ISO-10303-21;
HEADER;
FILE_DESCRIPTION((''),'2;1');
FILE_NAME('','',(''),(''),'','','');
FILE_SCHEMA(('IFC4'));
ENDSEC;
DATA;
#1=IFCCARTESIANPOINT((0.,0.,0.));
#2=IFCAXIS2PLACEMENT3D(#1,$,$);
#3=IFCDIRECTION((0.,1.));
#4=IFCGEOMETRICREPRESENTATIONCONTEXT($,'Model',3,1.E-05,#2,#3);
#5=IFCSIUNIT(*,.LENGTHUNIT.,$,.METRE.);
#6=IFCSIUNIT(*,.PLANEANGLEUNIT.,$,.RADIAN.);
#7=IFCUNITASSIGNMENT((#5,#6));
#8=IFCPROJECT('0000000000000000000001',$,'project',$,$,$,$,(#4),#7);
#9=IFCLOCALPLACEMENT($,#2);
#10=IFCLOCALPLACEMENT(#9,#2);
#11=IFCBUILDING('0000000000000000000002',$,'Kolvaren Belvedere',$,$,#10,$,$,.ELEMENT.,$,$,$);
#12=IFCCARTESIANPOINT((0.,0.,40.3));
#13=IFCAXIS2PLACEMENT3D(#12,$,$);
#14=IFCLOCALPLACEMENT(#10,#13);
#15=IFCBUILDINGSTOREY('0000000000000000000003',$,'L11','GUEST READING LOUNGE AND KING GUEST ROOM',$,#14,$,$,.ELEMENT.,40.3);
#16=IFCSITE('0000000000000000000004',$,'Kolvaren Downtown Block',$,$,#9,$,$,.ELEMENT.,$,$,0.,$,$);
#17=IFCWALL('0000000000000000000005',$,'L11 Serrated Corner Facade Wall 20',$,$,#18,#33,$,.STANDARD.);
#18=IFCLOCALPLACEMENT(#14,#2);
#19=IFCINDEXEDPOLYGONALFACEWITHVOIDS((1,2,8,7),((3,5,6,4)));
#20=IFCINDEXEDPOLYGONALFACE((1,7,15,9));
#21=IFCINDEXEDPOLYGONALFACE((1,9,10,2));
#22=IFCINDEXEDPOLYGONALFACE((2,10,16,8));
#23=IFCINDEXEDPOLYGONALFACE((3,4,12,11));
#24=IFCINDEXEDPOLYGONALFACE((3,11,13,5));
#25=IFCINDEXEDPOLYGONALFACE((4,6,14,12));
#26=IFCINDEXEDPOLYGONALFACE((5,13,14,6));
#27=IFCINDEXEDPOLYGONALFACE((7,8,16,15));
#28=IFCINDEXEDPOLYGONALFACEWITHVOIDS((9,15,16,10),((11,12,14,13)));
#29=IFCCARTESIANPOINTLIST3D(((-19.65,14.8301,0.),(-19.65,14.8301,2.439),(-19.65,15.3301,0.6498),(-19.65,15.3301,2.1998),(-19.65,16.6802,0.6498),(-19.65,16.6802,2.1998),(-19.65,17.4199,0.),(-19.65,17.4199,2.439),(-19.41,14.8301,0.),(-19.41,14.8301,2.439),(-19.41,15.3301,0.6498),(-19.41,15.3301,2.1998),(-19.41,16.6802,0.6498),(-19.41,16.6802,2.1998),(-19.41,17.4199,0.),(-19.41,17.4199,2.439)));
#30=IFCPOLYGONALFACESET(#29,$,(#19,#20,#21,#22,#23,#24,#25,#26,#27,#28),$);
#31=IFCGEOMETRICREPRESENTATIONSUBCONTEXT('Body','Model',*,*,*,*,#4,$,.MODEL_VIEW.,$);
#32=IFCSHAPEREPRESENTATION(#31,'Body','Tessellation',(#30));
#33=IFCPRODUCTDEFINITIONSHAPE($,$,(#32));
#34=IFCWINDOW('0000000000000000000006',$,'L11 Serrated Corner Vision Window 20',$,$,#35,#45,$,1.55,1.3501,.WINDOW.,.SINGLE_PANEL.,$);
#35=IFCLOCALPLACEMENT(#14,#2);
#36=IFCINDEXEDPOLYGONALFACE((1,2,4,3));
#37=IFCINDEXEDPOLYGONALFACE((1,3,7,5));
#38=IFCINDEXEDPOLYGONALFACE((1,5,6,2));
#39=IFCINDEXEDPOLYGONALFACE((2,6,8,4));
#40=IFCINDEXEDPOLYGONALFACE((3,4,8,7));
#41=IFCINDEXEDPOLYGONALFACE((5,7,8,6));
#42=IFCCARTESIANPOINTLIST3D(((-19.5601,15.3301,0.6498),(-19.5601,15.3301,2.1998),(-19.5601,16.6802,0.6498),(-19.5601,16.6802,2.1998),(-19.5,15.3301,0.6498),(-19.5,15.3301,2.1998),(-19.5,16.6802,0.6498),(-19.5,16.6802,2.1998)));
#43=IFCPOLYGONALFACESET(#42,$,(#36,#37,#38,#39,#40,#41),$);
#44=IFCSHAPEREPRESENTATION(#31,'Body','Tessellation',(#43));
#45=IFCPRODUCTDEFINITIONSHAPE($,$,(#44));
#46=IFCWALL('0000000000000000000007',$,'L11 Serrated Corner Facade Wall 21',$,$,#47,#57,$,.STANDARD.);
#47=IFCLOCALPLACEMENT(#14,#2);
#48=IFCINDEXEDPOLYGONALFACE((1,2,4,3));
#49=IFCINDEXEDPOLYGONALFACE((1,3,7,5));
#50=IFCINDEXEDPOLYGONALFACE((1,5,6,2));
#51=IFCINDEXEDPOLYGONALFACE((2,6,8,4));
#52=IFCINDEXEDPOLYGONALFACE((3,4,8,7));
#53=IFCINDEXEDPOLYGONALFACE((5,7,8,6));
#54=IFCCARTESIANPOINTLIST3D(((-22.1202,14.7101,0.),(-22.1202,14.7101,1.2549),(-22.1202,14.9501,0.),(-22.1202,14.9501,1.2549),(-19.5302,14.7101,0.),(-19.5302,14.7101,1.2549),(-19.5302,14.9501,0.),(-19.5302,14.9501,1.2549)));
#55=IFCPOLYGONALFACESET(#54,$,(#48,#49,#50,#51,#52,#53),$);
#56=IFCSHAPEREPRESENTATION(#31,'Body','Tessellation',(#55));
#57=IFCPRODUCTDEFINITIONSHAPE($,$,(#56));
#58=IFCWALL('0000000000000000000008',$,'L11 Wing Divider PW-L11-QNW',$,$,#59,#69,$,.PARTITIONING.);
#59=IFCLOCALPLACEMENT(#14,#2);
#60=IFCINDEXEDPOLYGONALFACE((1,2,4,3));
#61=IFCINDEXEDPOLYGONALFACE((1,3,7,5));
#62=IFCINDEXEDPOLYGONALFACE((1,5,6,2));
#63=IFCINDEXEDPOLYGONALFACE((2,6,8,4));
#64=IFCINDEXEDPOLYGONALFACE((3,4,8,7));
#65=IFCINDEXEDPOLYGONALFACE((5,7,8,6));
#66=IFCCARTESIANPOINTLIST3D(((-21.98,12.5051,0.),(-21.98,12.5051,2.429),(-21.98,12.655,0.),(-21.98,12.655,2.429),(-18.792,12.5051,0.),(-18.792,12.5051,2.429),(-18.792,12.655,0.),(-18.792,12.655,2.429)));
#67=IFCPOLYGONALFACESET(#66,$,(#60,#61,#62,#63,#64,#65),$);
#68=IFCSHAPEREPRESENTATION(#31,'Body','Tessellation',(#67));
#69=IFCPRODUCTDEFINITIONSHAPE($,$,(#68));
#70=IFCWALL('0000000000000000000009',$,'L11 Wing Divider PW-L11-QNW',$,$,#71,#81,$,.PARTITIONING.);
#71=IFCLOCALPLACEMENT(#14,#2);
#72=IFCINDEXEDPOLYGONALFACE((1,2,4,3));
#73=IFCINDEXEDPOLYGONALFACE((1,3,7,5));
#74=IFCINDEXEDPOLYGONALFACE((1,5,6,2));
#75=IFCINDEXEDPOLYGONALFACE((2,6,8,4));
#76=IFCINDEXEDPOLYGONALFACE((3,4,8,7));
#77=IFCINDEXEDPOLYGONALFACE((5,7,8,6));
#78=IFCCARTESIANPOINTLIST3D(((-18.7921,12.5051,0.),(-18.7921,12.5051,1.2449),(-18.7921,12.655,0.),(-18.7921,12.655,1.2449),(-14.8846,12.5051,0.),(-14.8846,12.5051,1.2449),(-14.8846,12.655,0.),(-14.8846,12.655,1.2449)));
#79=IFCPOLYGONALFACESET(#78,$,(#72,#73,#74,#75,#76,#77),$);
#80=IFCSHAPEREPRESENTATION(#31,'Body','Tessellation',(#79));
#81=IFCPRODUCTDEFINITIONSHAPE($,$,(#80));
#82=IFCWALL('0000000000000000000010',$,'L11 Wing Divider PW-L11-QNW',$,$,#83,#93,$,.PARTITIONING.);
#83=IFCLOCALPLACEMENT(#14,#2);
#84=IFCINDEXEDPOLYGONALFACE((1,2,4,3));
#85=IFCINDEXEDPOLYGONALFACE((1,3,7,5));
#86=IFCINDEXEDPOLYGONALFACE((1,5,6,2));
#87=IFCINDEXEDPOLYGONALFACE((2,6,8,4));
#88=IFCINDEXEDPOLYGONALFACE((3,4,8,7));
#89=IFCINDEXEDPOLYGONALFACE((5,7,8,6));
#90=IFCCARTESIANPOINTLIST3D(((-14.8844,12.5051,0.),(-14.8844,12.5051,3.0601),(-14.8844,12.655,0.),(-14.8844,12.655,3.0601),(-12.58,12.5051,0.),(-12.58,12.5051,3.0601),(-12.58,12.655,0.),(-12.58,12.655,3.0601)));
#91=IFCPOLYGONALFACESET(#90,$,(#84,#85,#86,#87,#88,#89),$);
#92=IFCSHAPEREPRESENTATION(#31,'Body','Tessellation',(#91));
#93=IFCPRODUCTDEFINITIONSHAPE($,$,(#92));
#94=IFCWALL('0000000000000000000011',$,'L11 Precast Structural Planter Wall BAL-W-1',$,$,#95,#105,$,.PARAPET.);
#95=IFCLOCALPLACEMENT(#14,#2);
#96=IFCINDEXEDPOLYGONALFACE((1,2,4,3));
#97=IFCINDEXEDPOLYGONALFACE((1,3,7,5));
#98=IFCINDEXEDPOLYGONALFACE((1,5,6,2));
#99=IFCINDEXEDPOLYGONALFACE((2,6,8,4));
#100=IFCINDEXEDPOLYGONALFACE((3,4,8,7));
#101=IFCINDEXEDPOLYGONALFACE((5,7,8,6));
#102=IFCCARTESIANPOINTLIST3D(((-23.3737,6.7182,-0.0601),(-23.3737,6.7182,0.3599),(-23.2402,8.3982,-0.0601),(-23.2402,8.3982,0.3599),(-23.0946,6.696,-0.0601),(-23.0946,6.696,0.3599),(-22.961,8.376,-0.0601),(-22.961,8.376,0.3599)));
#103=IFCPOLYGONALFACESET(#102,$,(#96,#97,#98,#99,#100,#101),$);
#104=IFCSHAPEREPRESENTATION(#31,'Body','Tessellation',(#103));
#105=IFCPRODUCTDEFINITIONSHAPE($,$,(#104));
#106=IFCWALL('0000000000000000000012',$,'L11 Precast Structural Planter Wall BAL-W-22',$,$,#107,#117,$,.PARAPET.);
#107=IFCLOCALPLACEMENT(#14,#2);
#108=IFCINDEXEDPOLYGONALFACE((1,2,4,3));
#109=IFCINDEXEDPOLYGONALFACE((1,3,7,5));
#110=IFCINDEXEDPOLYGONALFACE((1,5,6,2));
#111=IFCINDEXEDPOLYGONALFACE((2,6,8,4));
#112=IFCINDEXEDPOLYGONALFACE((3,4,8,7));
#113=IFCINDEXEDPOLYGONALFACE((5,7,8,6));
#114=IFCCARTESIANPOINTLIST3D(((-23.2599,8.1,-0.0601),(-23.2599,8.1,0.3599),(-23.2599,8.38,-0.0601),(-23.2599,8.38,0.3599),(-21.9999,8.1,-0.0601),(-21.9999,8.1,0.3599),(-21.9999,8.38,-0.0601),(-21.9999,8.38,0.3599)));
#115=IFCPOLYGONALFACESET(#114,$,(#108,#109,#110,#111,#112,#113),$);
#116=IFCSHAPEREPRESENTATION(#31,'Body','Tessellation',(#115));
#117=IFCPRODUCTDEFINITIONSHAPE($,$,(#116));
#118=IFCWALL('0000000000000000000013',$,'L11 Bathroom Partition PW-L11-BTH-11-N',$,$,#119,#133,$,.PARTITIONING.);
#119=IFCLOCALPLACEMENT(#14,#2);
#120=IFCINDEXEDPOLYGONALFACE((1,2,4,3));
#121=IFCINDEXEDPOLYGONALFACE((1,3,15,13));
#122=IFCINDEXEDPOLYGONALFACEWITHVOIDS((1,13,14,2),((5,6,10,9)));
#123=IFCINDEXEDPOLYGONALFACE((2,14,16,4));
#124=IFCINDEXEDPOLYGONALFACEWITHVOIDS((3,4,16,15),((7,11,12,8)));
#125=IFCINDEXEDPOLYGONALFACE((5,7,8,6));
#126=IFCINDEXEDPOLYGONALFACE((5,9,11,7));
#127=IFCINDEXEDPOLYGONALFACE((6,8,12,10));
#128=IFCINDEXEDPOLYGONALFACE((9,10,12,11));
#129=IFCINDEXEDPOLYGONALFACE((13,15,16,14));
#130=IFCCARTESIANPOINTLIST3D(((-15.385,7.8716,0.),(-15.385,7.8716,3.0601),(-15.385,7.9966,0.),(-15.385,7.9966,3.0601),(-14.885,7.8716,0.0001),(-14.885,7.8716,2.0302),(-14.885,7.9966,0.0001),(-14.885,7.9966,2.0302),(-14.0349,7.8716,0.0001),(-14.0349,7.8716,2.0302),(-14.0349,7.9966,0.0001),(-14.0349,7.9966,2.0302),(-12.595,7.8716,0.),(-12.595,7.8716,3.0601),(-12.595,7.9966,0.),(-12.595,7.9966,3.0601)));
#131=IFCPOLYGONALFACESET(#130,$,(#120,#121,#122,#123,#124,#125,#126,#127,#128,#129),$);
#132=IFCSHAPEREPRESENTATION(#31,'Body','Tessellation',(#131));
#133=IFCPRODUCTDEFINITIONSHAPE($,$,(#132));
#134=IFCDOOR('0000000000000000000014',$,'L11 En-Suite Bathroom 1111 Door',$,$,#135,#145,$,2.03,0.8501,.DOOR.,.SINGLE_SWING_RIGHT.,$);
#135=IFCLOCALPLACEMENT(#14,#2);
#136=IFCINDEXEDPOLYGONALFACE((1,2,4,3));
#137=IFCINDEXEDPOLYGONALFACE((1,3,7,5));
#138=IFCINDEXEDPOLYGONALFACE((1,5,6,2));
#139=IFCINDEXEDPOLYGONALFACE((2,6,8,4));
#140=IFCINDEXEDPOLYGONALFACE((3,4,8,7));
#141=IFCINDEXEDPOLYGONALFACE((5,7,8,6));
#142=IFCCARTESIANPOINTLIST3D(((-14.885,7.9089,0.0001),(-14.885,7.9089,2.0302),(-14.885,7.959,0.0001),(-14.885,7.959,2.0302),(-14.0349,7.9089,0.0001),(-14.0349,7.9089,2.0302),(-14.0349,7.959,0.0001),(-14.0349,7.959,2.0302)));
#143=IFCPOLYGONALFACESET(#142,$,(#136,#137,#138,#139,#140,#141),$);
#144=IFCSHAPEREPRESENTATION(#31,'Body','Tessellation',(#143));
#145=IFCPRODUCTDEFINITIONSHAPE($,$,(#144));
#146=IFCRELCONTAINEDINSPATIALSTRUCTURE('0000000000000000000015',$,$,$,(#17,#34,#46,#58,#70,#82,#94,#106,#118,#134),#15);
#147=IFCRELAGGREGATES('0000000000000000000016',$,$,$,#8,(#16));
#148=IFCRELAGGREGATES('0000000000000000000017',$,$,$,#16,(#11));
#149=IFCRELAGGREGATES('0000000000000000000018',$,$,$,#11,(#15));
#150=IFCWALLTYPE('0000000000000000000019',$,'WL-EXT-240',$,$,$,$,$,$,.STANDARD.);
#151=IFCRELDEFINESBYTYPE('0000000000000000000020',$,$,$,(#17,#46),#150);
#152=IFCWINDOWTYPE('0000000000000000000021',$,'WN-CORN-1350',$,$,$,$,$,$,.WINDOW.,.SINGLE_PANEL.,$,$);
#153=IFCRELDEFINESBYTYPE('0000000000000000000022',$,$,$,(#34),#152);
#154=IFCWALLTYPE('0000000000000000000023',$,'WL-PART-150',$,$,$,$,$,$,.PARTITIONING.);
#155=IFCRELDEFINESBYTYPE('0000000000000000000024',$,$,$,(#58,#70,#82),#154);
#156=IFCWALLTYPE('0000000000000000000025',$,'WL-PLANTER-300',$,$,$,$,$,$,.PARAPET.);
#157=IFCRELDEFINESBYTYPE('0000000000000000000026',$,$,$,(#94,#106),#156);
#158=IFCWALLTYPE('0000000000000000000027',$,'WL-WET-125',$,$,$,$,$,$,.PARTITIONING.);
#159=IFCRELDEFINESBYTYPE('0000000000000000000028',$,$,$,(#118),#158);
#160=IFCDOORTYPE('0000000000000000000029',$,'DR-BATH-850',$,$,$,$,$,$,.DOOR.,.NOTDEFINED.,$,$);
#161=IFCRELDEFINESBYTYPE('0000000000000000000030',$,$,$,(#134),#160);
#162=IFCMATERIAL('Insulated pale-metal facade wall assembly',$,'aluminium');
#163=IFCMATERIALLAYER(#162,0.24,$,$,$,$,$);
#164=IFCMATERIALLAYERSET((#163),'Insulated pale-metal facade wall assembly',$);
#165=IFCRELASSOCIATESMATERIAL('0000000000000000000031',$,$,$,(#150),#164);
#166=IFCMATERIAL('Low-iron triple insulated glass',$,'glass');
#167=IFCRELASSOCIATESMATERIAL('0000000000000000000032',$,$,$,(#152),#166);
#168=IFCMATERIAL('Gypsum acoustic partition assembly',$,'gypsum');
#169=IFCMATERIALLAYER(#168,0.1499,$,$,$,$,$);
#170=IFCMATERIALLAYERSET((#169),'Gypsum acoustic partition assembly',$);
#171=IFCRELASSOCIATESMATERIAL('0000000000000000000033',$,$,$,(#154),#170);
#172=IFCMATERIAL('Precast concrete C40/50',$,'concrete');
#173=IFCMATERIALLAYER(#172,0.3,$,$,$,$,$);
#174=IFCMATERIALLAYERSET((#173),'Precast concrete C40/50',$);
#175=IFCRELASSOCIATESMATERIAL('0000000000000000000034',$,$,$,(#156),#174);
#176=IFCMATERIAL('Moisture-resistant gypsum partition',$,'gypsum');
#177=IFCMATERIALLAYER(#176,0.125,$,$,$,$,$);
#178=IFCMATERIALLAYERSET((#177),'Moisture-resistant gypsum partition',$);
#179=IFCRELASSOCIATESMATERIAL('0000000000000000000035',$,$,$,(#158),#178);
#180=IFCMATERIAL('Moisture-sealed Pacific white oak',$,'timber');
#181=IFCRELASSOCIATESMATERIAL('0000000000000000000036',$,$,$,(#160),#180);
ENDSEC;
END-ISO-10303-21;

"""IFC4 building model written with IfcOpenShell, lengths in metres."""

from ifc_helpers import new_model, si_unit, direction, frame, frame_2d, origin, place, context, subcontext, project, spatial, rectangle, extrude, material, layer, layer_set, type_object, element, fill, save


model = new_model("IFC4")

# Units and contexts
model_context = context("Model", 3, precision=1e-05, world=origin(), true_north=direction((0.0, 1.0)))
body_context = subcontext(model_context, "Body", "Model", "MODEL_VIEW")
ifc_project = project(units=[si_unit("LENGTHUNIT", "METRE"), si_unit("PLANEANGLEUNIT", "RADIAN")], contexts=[model_context])

# Site, building, storey
site_placement = place(None, origin())
site = spatial("IfcSite", under=ifc_project, at=site_placement, Name="Kolvaren Downtown Block", CompositionType="ELEMENT", RefElevation=0.0)
building_placement = place(site_placement, origin())
building = spatial("IfcBuilding", under=site, at=building_placement, Name="Kolvaren Belvedere", CompositionType="ELEMENT")
storey_placement = place(building_placement, frame((0.0, 0.0, 40.3)))
storey = spatial("IfcBuildingStorey", under=building, at=storey_placement, Name="L11", Description="GUEST READING LOUNGE AND KING GUEST ROOM", CompositionType="ELEMENT", Elevation=40.3)

# Shared definitions
ifc_material_1 = material(Name="Insulated pale-metal facade wall assembly", Category="aluminium")
ifc_layer_1 = layer(ifc_material_1, 0.24)
ifc_layer_set_1 = layer_set([ifc_layer_1], Name="Insulated pale-metal facade wall assembly")
wall_type_1 = type_object("IfcWallType", Name="WL-EXT-240", PredefinedType="STANDARD", material=ifc_layer_set_1)

# Wall, opening, window
ifc_material_2 = material(Name="Low-iron triple insulated glass", Category="glass")
window_type = type_object("IfcWindowType", Name="WN-CORN-1350", PartitioningType="SINGLE_PANEL", PredefinedType="WINDOW", material=ifc_material_2)
wall_1_placement = place(storey_placement, frame((-19.53, 14.8301, 0.0), z_axis=(0.0, 0.0, 1.0), x_axis=(0.0, 1.0, 0.0)))
wall_1 = element("IfcWall", 1, at=wall_1_placement, inside=storey, type_object=wall_type_1, Name="L11 Serrated Corner Facade Wall 20", PredefinedType="STANDARD", context=body_context, shape_type="SweptSolid", body=[
    extrude(rectangle(XDim=2.5898, YDim=0.24, at=frame_2d((1.2949, 0.0))), origin(), (0.0, 0.0, 1.0), 2.439),
])
opening_1_placement = place(wall_1_placement, frame((0.5, 0.0, 0.6499)))
opening_1 = element("IfcOpeningElement", 2, at=opening_1_placement, cuts=wall_1, PredefinedType="OPENING", context=body_context, shape_type="SweptSolid", body=[
    extrude(rectangle(XDim=1.3501, YDim=1.55, at=frame_2d((0.675, 0.7749))), frame((0.0, 0.1299, 0.0), z_axis=(0.0, -1.0, 0.0), x_axis=(1.0, 0.0, 0.0)), (0.0, 0.0, 1.0), 0.26),
])
window_1_placement = place(opening_1_placement, origin())
window_1 = element("IfcWindow", 3, at=window_1_placement, inside=storey, type_object=window_type, Name="L11 Serrated Corner Vision Window 20", OverallHeight=1.55, OverallWidth=1.3501, PartitioningType="SINGLE_PANEL", PredefinedType="WINDOW", context=body_context, shape_type="SweptSolid", body=[
    extrude(rectangle(XDim=1.3501, YDim=1.55, at=frame_2d((0.675, 0.7749))), frame((0.0, 0.03, 0.0), z_axis=(0.0, -1.0, 0.0), x_axis=(1.0, 0.0, 0.0)), (0.0, 0.0, 1.0), 0.0601),
])
fill(opening_1, window_1)

# Walls
wall_2_placement = place(storey_placement, frame((-22.1201, 14.8301, 0.0), z_axis=(0.0, 0.0, 1.0), x_axis=(1.0, 0.0, 0.0)))
element("IfcWall", 4, at=wall_2_placement, inside=storey, type_object=wall_type_1, Name="L11 Serrated Corner Facade Wall 21", PredefinedType="STANDARD", context=body_context, shape_type="SweptSolid", body=[
    extrude(rectangle(XDim=2.5901, YDim=0.24, at=frame_2d((1.2949, 0.0))), origin(), (0.0, 0.0, 1.0), 1.2549),
])
ifc_material_3 = material(Name="Gypsum acoustic partition assembly", Category="gypsum")
ifc_layer_2 = layer(ifc_material_3, 0.1499)
ifc_layer_set_2 = layer_set([ifc_layer_2], Name="Gypsum acoustic partition assembly")
wall_type_2 = type_object("IfcWallType", Name="WL-PART-150", PredefinedType="PARTITIONING", material=ifc_layer_set_2)
wall_3_placement = place(storey_placement, frame((-21.98, 12.5801, 0.0), z_axis=(0.0, 0.0, 1.0), x_axis=(1.0, 0.0, 0.0)))
element("IfcWall", 5, at=wall_3_placement, inside=storey, type_object=wall_type_2, Name="L11 Wing Divider PW-L11-QNW", PredefinedType="PARTITIONING", context=body_context, shape_type="SweptSolid", body=[
    extrude(rectangle(XDim=3.188, YDim=0.1499, at=frame_2d((1.594, 0.0))), origin(), (0.0, 0.0, 1.0), 2.429),
])
wall_4_placement = place(storey_placement, frame((-18.792, 12.5801, 0.0), z_axis=(0.0, 0.0, 1.0), x_axis=(1.0, 0.0, 0.0)))
element("IfcWall", 6, at=wall_4_placement, inside=storey, type_object=wall_type_2, Name="L11 Wing Divider PW-L11-QNW", PredefinedType="PARTITIONING", context=body_context, shape_type="SweptSolid", body=[
    extrude(rectangle(XDim=3.9075, YDim=0.1499, at=frame_2d((1.9536, 0.0))), origin(), (0.0, 0.0, 1.0), 1.2449),
])
wall_5_placement = place(storey_placement, frame((-14.8845, 12.5801, 0.0), z_axis=(0.0, 0.0, 1.0), x_axis=(1.0, 0.0, 0.0)))
element("IfcWall", 7, at=wall_5_placement, inside=storey, type_object=wall_type_2, Name="L11 Wing Divider PW-L11-QNW", PredefinedType="PARTITIONING", context=body_context, shape_type="SweptSolid", body=[
    extrude(rectangle(XDim=2.3044, YDim=0.1499, at=frame_2d((1.1523, 0.0))), origin(), (0.0, 0.0, 1.0), 3.0601),
])
ifc_material_4 = material(Name="Precast concrete C40/50", Category="concrete")
ifc_layer_3 = layer(ifc_material_4, 0.3)
ifc_layer_set_3 = layer_set([ifc_layer_3], Name="Precast concrete C40/50")
wall_type_3 = type_object("IfcWallType", Name="WL-PLANTER-300", PredefinedType="PARAPET", material=ifc_layer_set_3)
wall_6_placement = place(storey_placement, frame((-23.1006, 8.3872, -0.0601), z_axis=(0.0, 0.0, 1.0), x_axis=(-0.079244, -0.996855, 0.0)))
element("IfcWall", 8, at=wall_6_placement, inside=storey, type_object=wall_type_3, Name="L11 Precast Structural Planter Wall BAL-W-1", PredefinedType="PARAPET", context=body_context, shape_type="SweptSolid", body=[
    extrude(rectangle(XDim=1.6853, YDim=0.28, at=frame_2d((0.8428, 0.0))), origin(), (0.0, 0.0, 1.0), 0.4199),
])
wall_7_placement = place(storey_placement, frame((-22.0, 8.24, -0.0601), z_axis=(0.0, 0.0, 1.0), x_axis=(-1.0, 0.0, 0.0)))
element("IfcWall", 9, at=wall_7_placement, inside=storey, type_object=wall_type_3, Name="L11 Precast Structural Planter Wall BAL-W-22", PredefinedType="PARAPET", context=body_context, shape_type="SweptSolid", body=[
    extrude(rectangle(XDim=1.26, YDim=0.28, at=frame_2d((0.6299, 0.0))), origin(), (0.0, 0.0, 1.0), 0.4199),
])

# Wall, opening, door
ifc_material_5 = material(Name="Moisture-resistant gypsum partition", Category="gypsum")
ifc_layer_4 = layer(ifc_material_5, 0.125)
ifc_layer_set_4 = layer_set([ifc_layer_4], Name="Moisture-resistant gypsum partition")
wall_type_4 = type_object("IfcWallType", Name="WL-WET-125", PredefinedType="PARTITIONING", material=ifc_layer_set_4)
wall_8_placement = place(storey_placement, frame((-15.385, 7.9341, 0.0), z_axis=(0.0, 0.0, 1.0), x_axis=(1.0, 0.0, 0.0)))
wall_8 = element("IfcWall", 10, at=wall_8_placement, inside=storey, type_object=wall_type_4, Name="L11 Bathroom Partition PW-L11-BTH-11-N", PredefinedType="PARTITIONING", context=body_context, shape_type="SweptSolid", body=[
    extrude(rectangle(XDim=2.79, YDim=0.125, at=frame_2d((1.395, 0.0))), origin(), (0.0, 0.0, 1.0), 3.0601),
])
opening_2_placement = place(wall_8_placement, frame((0.5, 0.0, 0.0)))
opening_2 = element("IfcOpeningElement", 11, at=opening_2_placement, cuts=wall_8, PredefinedType="OPENING", context=body_context, shape_type="SweptSolid", body=[
    extrude(rectangle(XDim=0.8501, YDim=2.03, at=frame_2d((0.425, 1.0151))), frame((0.0, 0.0725, 0.0), z_axis=(0.0, -1.0, 0.0), x_axis=(1.0, 0.0, 0.0)), (0.0, 0.0, 1.0), 0.145),
])
ifc_material_6 = material(Name="Moisture-sealed Pacific white oak", Category="timber")
door_type = type_object("IfcDoorType", Name="DR-BATH-850", OperationType="NOTDEFINED", PredefinedType="DOOR", material=ifc_material_6)
door_placement = place(opening_2_placement, origin())
door = element("IfcDoor", 12, at=door_placement, inside=storey, type_object=door_type, Name="L11 En-Suite Bathroom 1111 Door", OperationType="SINGLE_SWING_RIGHT", OverallHeight=2.03, OverallWidth=0.8501, PredefinedType="DOOR", context=body_context, shape_type="SweptSolid", body=[
    extrude(rectangle(XDim=0.8501, YDim=2.03, at=frame_2d((0.425, 1.0151))), frame((0.0, 0.0249, 0.0), z_axis=(0.0, -1.0, 0.0), x_axis=(1.0, 0.0, 0.0)), (0.0, 0.0, 1.0), 0.05),
])
fill(opening_2, door)

save(model, "model.ifc")
